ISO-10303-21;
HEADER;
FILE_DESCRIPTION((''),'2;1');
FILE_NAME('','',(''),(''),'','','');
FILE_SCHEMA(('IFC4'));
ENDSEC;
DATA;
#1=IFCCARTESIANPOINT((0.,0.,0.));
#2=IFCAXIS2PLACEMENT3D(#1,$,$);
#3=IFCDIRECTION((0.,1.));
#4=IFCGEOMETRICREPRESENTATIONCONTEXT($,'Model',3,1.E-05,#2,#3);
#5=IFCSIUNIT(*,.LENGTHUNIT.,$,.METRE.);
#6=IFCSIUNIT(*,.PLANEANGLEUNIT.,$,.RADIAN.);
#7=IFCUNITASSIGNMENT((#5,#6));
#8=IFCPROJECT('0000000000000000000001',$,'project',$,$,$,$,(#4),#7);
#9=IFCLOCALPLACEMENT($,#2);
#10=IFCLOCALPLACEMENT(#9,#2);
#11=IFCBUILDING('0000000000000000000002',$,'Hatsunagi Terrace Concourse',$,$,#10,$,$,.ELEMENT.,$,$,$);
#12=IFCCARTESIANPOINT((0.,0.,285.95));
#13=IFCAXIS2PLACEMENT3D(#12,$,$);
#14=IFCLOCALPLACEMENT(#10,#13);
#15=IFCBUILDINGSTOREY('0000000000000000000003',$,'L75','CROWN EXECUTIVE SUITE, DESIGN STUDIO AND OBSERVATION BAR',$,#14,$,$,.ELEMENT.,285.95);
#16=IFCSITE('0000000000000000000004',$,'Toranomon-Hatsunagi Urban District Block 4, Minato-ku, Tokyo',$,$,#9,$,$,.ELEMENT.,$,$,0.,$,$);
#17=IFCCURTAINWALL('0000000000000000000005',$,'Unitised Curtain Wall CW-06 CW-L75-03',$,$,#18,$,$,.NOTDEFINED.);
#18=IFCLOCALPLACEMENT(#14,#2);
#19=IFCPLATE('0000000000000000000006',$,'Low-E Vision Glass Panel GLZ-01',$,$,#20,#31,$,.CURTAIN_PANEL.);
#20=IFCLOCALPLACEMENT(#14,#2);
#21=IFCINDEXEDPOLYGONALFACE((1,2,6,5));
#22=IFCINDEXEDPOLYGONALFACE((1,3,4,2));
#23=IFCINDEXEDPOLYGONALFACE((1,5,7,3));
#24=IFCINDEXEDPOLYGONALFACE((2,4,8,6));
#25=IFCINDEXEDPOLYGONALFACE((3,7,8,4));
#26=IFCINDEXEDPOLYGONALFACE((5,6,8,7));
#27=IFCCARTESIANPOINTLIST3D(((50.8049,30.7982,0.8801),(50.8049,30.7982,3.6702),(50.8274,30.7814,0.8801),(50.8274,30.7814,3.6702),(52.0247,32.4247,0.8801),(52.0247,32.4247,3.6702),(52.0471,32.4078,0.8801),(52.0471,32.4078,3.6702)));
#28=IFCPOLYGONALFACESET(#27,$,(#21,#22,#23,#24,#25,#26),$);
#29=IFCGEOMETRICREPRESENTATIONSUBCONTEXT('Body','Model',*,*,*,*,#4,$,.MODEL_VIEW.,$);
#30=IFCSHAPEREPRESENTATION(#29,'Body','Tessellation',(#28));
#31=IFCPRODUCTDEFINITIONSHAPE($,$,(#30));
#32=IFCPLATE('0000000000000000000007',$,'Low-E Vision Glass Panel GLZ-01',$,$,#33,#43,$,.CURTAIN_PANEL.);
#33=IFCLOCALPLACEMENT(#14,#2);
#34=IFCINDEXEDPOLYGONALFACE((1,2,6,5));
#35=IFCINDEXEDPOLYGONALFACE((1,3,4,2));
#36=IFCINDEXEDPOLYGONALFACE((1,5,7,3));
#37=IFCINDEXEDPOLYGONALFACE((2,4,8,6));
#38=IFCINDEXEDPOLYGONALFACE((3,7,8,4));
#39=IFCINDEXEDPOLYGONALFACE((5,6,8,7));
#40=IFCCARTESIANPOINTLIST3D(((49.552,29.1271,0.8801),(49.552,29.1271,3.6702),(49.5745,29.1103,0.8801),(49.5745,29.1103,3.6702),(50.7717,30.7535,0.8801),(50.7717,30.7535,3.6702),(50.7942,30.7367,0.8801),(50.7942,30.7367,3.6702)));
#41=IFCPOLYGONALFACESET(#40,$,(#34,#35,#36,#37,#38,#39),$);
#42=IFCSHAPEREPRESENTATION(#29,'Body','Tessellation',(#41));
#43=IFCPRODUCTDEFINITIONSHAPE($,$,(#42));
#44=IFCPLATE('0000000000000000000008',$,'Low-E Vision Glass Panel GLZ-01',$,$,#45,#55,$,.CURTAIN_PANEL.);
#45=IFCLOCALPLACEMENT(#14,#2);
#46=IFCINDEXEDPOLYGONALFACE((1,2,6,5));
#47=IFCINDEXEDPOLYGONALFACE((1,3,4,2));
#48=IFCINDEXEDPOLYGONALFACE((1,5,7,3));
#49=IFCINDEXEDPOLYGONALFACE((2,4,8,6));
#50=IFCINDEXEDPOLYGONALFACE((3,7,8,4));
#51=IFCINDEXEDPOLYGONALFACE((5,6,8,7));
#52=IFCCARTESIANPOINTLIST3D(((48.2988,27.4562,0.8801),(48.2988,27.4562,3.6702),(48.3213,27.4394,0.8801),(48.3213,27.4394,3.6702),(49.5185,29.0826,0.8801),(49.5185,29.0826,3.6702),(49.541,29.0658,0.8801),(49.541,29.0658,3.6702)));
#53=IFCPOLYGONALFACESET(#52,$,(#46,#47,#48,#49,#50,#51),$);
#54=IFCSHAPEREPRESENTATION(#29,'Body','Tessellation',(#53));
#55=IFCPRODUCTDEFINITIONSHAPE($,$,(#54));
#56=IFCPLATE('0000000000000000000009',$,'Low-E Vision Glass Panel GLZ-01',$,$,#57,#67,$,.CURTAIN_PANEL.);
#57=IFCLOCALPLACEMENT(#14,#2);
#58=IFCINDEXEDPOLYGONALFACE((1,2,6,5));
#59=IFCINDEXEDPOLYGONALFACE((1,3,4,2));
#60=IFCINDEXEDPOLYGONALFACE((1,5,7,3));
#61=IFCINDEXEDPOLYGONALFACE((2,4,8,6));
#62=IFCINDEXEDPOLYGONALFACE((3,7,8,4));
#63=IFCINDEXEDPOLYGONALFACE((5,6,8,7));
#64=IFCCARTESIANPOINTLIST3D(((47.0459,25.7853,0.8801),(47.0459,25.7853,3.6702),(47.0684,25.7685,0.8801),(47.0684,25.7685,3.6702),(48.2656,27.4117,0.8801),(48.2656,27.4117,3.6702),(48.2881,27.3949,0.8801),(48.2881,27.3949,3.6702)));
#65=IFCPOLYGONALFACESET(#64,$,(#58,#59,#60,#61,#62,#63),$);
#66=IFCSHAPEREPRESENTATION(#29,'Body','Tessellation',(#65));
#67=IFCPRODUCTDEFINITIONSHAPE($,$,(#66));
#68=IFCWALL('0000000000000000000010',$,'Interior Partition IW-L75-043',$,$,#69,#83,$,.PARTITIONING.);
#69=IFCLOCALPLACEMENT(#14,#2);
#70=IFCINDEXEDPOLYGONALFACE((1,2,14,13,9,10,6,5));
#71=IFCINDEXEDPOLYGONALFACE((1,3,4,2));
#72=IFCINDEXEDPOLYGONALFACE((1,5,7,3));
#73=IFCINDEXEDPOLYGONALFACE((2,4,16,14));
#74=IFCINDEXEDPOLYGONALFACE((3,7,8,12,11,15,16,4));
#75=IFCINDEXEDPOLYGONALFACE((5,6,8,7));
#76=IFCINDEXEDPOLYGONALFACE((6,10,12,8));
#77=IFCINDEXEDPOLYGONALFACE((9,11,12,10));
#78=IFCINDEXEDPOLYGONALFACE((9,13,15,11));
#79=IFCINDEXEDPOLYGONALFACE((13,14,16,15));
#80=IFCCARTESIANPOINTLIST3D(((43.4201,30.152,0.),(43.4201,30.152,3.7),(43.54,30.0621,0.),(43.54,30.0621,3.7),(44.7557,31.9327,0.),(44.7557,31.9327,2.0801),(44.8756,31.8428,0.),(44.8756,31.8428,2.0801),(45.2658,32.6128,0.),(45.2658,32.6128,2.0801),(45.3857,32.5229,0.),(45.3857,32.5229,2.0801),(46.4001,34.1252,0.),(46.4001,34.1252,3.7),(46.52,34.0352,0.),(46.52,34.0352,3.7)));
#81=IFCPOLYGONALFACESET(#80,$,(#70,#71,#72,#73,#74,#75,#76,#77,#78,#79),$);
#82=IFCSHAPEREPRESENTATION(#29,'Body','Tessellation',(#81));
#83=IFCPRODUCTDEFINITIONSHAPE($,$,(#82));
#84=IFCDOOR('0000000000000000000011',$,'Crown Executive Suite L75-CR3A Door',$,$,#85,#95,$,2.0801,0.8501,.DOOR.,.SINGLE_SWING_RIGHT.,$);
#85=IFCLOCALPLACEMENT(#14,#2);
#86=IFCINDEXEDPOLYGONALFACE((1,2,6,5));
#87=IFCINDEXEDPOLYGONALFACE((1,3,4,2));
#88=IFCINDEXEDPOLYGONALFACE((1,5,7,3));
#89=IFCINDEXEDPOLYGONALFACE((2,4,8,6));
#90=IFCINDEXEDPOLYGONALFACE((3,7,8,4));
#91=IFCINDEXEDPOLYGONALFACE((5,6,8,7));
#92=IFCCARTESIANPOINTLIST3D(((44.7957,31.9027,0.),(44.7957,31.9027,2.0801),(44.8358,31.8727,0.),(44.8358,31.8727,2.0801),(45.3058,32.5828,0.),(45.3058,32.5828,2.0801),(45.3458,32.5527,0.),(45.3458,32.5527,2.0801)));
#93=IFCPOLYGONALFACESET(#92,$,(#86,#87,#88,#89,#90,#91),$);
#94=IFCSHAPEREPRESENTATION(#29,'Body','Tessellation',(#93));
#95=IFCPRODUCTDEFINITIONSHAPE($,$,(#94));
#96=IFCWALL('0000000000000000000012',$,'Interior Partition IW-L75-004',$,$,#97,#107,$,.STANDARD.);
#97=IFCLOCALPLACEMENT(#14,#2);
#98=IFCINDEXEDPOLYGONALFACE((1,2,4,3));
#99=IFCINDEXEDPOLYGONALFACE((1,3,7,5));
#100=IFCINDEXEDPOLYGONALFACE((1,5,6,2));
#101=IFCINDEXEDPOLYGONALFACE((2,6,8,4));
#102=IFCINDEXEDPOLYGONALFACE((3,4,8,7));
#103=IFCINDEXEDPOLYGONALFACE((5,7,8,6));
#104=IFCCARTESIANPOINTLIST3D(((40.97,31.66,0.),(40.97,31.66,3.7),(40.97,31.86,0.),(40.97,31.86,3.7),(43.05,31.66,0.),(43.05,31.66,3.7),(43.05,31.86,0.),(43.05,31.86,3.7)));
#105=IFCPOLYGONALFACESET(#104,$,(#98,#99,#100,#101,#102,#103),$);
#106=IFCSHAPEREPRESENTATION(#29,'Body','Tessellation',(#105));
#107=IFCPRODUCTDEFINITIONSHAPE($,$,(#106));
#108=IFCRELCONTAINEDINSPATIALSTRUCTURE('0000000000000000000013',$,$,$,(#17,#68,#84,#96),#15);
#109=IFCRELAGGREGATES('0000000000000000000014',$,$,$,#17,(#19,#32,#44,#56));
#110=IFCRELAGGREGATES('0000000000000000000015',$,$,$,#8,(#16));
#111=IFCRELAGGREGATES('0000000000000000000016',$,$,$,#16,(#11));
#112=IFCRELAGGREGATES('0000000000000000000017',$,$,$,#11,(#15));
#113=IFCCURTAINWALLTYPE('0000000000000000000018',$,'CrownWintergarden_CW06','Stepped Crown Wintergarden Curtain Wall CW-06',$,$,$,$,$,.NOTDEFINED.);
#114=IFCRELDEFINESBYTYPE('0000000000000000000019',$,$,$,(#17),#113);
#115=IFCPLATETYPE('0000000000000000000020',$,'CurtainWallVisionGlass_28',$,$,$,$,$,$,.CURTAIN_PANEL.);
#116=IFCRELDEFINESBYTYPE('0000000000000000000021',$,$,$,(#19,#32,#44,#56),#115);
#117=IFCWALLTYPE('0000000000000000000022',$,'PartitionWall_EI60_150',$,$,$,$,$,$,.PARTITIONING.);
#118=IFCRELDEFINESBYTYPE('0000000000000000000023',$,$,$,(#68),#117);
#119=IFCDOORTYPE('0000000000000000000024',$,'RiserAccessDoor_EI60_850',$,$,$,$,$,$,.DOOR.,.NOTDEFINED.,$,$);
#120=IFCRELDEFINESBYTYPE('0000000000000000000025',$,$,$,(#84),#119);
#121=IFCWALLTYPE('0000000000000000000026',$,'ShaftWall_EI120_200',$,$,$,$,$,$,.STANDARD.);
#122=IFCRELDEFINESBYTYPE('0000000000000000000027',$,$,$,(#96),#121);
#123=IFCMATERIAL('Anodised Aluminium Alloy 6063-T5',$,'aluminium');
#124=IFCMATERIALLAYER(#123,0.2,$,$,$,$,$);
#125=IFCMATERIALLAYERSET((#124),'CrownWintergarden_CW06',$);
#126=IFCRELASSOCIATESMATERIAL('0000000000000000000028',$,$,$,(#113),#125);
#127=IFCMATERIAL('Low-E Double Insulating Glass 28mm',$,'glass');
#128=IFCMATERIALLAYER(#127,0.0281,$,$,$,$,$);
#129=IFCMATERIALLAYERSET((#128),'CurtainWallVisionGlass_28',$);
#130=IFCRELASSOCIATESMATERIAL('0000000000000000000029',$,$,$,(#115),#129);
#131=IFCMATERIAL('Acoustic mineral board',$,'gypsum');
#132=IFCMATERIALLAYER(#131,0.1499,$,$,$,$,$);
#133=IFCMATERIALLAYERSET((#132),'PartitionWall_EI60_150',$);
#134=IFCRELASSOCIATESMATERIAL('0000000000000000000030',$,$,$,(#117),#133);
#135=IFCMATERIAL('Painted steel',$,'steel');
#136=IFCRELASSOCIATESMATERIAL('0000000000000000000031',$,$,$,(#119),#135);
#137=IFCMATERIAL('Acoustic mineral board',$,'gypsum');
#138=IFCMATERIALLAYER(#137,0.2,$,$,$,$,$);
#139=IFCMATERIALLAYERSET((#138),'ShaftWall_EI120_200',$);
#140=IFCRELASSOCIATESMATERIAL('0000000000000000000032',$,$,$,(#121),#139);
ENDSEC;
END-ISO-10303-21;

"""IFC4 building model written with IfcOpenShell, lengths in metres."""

from ifc_helpers import new_model, si_unit, direction, frame, frame_2d, origin, origin_2d, place, context, subcontext, project, spatial, rectangle, extrude, material, layer, layer_set, type_object, element, fill, aggregate, save


model = new_model("IFC4")

# Units and contexts
model_context = context("Model", 3, precision=1e-05, world=origin(), true_north=direction((0.0, 1.0)))
body_context = subcontext(model_context, "Body", "Model", "MODEL_VIEW")
ifc_project = project(units=[si_unit("LENGTHUNIT", "METRE"), si_unit("PLANEANGLEUNIT", "RADIAN")], contexts=[model_context])

# Site, building, storey
site_placement = place(None, origin())
site = spatial("IfcSite", under=ifc_project, at=site_placement, Name="Toranomon-Hatsunagi Urban District Block 4, Minato-ku, Tokyo", CompositionType="ELEMENT", RefElevation=0.0)
building_placement = place(site_placement, origin())
building = spatial("IfcBuilding", under=site, at=building_placement, Name="Hatsunagi Terrace Concourse", CompositionType="ELEMENT")
storey_placement = place(building_placement, frame((0.0, 0.0, 285.95)))
storey = spatial("IfcBuildingStorey", under=building, at=storey_placement, Name="L75", Description="CROWN EXECUTIVE SUITE, DESIGN STUDIO AND OBSERVATION BAR", CompositionType="ELEMENT", Elevation=285.95)

# Curtain wall, plates
ifc_material_1 = material(Name="Anodised Aluminium Alloy 6063-T5", Category="aluminium")
ifc_layer_1 = layer(ifc_material_1, 0.2)
ifc_layer_set_1 = layer_set([ifc_layer_1], Name="CrownWintergarden_CW06")
curtain_wall_type = type_object("IfcCurtainWallType", Name="CrownWintergarden_CW06", Description="Stepped Crown Wintergarden Curtain Wall CW-06", PredefinedType="NOTDEFINED", material=ifc_layer_set_1)
curtain_wall_placement = place(storey_placement, origin())
curtain_wall = element("IfcCurtainWall", 1, at=curtain_wall_placement, inside=storey, type_object=curtain_wall_type, Name="Unitised Curtain Wall CW-06 CW-L75-03", PredefinedType="NOTDEFINED")
ifc_material_2 = material(Name="Low-E Double Insulating Glass 28mm", Category="glass")
ifc_layer_2 = layer(ifc_material_2, 0.0281)
ifc_layer_set_2 = layer_set([ifc_layer_2], Name="CurtainWallVisionGlass_28")
plate_type_1 = type_object("IfcPlateType", Name="CurtainWallVisionGlass_28", PredefinedType="CURTAIN_PANEL", material=ifc_layer_set_2)
plate_1_placement = place(storey_placement, frame((51.426, 31.603, 0.8801), z_axis=(0.0, 0.0, 1.0), x_axis=(-0.599969, -0.800023, 0.0)))
plate_1 = element("IfcPlate", 2, at=plate_1_placement, type_object=plate_type_1, Name="Low-E Vision Glass Panel GLZ-01", PredefinedType="CURTAIN_PANEL", context=body_context, shape_type="SweptSolid", body=[
    extrude(rectangle(XDim=2.033, YDim=0.0281, at=origin_2d()), origin(), (0.0, 0.0, 1.0), 2.79),
])
plate_2_placement = place(storey_placement, frame((50.1731, 29.9319, 0.8801), z_axis=(0.0, 0.0, 1.0), x_axis=(-0.599969, -0.800023, 0.0)))
plate_2 = element("IfcPlate", 3, at=plate_2_placement, type_object=plate_type_1, Name="Low-E Vision Glass Panel GLZ-01", PredefinedType="CURTAIN_PANEL", context=body_context, shape_type="SweptSolid", body=[
    extrude(rectangle(XDim=2.033, YDim=0.0281, at=origin_2d()), origin(), (0.0, 0.0, 1.0), 2.79),
])
plate_3_placement = place(storey_placement, frame((48.9199, 28.261, 0.8801), z_axis=(0.0, 0.0, 1.0), x_axis=(-0.599969, -0.800023, 0.0)))
plate_3 = element("IfcPlate", 4, at=plate_3_placement, type_object=plate_type_1, Name="Low-E Vision Glass Panel GLZ-01", PredefinedType="CURTAIN_PANEL", context=body_context, shape_type="SweptSolid", body=[
    extrude(rectangle(XDim=2.033, YDim=0.0281, at=origin_2d()), origin(), (0.0, 0.0, 1.0), 2.79),
])
plate_4_placement = place(storey_placement, frame((47.667, 26.5901, 0.8801), z_axis=(0.0, 0.0, 1.0), x_axis=(-0.599969, -0.800023, 0.0)))
plate_4 = element("IfcPlate", 5, at=plate_4_placement, type_object=plate_type_1, Name="Low-E Vision Glass Panel GLZ-01", PredefinedType="CURTAIN_PANEL", context=body_context, shape_type="SweptSolid", body=[
    extrude(rectangle(XDim=2.033, YDim=0.0281, at=origin_2d()), origin(), (0.0, 0.0, 1.0), 2.79),
])
aggregate(curtain_wall, [plate_1, plate_2, plate_3, plate_4])

# Wall, opening, door
ifc_material_3 = material(Name="Acoustic mineral board", Category="gypsum")
ifc_layer_3 = layer(ifc_material_3, 0.1499)
ifc_layer_set_3 = layer_set([ifc_layer_3], Name="PartitionWall_EI60_150")
wall_type_1 = type_object("IfcWallType", Name="PartitionWall_EI60_150", PredefinedType="PARTITIONING", material=ifc_layer_set_3)
wall_1_placement = place(storey_placement, frame((43.48, 30.1069, 0.0), z_axis=(0.0, 0.0, 1.0), x_axis=(0.600016, 0.799988, 0.0)))
wall_1 = element("IfcWall", 6, at=wall_1_placement, inside=storey, type_object=wall_type_1, Name="Interior Partition IW-L75-043", PredefinedType="PARTITIONING", context=body_context, shape_type="SweptSolid", body=[
    extrude(rectangle(XDim=4.9666, YDim=0.1499, at=frame_2d((2.4834, 0.0))), origin(), (0.0, 0.0, 1.0), 3.7),
])
opening_placement = place(wall_1_placement, frame((2.2261, 0.0, 0.0)))
opening = element("IfcOpeningElement", 7, at=opening_placement, cuts=wall_1, PredefinedType="OPENING", context=body_context, shape_type="SweptSolid", body=[
    extrude(rectangle(XDim=0.8501, YDim=2.0801, at=frame_2d((0.425, 1.04))), frame((0.0, 0.085, 0.0), z_axis=(0.0, -1.0, 0.0), x_axis=(1.0, 0.0, 0.0)), (0.0, 0.0, 1.0), 0.1699),
])
ifc_material_4 = material(Name="Painted steel", Category="steel")
door_type = type_object("IfcDoorType", Name="RiserAccessDoor_EI60_850", OperationType="NOTDEFINED", PredefinedType="DOOR", material=ifc_material_4)
door_placement = place(opening_placement, origin())
door = element("IfcDoor", 8, at=door_placement, inside=storey, type_object=door_type, Name="Crown Executive Suite L75-CR3A Door", OperationType="SINGLE_SWING_RIGHT", OverallHeight=2.0801, OverallWidth=0.8501, PredefinedType="DOOR", context=body_context, shape_type="SweptSolid", body=[
    extrude(rectangle(XDim=0.8501, YDim=2.0801, at=frame_2d((0.425, 1.04))), frame((0.0, 0.0249, 0.0), z_axis=(0.0, -1.0, 0.0), x_axis=(1.0, 0.0, 0.0)), (0.0, 0.0, 1.0), 0.05),
])
fill(opening, door)

# Wall
ifc_material_5 = material(Name="Acoustic mineral board", Category="gypsum")
ifc_layer_4 = layer(ifc_material_5, 0.2)
ifc_layer_set_4 = layer_set([ifc_layer_4], Name="ShaftWall_EI120_200")
wall_type_2 = type_object("IfcWallType", Name="ShaftWall_EI120_200", PredefinedType="STANDARD", material=ifc_layer_set_4)
wall_2_placement = place(storey_placement, frame((40.97, 31.76, 0.0), z_axis=(0.0, 0.0, 1.0), x_axis=(1.0, 0.0, 0.0)))
element("IfcWall", 9, at=wall_2_placement, inside=storey, type_object=wall_type_2, Name="Interior Partition IW-L75-004", PredefinedType="STANDARD", context=body_context, shape_type="SweptSolid", body=[
    extrude(rectangle(XDim=2.0801, YDim=0.2, at=frame_2d((1.04, 0.0))), origin(), (0.0, 0.0, 1.0), 3.7),
])

save(model, "model.ifc")
